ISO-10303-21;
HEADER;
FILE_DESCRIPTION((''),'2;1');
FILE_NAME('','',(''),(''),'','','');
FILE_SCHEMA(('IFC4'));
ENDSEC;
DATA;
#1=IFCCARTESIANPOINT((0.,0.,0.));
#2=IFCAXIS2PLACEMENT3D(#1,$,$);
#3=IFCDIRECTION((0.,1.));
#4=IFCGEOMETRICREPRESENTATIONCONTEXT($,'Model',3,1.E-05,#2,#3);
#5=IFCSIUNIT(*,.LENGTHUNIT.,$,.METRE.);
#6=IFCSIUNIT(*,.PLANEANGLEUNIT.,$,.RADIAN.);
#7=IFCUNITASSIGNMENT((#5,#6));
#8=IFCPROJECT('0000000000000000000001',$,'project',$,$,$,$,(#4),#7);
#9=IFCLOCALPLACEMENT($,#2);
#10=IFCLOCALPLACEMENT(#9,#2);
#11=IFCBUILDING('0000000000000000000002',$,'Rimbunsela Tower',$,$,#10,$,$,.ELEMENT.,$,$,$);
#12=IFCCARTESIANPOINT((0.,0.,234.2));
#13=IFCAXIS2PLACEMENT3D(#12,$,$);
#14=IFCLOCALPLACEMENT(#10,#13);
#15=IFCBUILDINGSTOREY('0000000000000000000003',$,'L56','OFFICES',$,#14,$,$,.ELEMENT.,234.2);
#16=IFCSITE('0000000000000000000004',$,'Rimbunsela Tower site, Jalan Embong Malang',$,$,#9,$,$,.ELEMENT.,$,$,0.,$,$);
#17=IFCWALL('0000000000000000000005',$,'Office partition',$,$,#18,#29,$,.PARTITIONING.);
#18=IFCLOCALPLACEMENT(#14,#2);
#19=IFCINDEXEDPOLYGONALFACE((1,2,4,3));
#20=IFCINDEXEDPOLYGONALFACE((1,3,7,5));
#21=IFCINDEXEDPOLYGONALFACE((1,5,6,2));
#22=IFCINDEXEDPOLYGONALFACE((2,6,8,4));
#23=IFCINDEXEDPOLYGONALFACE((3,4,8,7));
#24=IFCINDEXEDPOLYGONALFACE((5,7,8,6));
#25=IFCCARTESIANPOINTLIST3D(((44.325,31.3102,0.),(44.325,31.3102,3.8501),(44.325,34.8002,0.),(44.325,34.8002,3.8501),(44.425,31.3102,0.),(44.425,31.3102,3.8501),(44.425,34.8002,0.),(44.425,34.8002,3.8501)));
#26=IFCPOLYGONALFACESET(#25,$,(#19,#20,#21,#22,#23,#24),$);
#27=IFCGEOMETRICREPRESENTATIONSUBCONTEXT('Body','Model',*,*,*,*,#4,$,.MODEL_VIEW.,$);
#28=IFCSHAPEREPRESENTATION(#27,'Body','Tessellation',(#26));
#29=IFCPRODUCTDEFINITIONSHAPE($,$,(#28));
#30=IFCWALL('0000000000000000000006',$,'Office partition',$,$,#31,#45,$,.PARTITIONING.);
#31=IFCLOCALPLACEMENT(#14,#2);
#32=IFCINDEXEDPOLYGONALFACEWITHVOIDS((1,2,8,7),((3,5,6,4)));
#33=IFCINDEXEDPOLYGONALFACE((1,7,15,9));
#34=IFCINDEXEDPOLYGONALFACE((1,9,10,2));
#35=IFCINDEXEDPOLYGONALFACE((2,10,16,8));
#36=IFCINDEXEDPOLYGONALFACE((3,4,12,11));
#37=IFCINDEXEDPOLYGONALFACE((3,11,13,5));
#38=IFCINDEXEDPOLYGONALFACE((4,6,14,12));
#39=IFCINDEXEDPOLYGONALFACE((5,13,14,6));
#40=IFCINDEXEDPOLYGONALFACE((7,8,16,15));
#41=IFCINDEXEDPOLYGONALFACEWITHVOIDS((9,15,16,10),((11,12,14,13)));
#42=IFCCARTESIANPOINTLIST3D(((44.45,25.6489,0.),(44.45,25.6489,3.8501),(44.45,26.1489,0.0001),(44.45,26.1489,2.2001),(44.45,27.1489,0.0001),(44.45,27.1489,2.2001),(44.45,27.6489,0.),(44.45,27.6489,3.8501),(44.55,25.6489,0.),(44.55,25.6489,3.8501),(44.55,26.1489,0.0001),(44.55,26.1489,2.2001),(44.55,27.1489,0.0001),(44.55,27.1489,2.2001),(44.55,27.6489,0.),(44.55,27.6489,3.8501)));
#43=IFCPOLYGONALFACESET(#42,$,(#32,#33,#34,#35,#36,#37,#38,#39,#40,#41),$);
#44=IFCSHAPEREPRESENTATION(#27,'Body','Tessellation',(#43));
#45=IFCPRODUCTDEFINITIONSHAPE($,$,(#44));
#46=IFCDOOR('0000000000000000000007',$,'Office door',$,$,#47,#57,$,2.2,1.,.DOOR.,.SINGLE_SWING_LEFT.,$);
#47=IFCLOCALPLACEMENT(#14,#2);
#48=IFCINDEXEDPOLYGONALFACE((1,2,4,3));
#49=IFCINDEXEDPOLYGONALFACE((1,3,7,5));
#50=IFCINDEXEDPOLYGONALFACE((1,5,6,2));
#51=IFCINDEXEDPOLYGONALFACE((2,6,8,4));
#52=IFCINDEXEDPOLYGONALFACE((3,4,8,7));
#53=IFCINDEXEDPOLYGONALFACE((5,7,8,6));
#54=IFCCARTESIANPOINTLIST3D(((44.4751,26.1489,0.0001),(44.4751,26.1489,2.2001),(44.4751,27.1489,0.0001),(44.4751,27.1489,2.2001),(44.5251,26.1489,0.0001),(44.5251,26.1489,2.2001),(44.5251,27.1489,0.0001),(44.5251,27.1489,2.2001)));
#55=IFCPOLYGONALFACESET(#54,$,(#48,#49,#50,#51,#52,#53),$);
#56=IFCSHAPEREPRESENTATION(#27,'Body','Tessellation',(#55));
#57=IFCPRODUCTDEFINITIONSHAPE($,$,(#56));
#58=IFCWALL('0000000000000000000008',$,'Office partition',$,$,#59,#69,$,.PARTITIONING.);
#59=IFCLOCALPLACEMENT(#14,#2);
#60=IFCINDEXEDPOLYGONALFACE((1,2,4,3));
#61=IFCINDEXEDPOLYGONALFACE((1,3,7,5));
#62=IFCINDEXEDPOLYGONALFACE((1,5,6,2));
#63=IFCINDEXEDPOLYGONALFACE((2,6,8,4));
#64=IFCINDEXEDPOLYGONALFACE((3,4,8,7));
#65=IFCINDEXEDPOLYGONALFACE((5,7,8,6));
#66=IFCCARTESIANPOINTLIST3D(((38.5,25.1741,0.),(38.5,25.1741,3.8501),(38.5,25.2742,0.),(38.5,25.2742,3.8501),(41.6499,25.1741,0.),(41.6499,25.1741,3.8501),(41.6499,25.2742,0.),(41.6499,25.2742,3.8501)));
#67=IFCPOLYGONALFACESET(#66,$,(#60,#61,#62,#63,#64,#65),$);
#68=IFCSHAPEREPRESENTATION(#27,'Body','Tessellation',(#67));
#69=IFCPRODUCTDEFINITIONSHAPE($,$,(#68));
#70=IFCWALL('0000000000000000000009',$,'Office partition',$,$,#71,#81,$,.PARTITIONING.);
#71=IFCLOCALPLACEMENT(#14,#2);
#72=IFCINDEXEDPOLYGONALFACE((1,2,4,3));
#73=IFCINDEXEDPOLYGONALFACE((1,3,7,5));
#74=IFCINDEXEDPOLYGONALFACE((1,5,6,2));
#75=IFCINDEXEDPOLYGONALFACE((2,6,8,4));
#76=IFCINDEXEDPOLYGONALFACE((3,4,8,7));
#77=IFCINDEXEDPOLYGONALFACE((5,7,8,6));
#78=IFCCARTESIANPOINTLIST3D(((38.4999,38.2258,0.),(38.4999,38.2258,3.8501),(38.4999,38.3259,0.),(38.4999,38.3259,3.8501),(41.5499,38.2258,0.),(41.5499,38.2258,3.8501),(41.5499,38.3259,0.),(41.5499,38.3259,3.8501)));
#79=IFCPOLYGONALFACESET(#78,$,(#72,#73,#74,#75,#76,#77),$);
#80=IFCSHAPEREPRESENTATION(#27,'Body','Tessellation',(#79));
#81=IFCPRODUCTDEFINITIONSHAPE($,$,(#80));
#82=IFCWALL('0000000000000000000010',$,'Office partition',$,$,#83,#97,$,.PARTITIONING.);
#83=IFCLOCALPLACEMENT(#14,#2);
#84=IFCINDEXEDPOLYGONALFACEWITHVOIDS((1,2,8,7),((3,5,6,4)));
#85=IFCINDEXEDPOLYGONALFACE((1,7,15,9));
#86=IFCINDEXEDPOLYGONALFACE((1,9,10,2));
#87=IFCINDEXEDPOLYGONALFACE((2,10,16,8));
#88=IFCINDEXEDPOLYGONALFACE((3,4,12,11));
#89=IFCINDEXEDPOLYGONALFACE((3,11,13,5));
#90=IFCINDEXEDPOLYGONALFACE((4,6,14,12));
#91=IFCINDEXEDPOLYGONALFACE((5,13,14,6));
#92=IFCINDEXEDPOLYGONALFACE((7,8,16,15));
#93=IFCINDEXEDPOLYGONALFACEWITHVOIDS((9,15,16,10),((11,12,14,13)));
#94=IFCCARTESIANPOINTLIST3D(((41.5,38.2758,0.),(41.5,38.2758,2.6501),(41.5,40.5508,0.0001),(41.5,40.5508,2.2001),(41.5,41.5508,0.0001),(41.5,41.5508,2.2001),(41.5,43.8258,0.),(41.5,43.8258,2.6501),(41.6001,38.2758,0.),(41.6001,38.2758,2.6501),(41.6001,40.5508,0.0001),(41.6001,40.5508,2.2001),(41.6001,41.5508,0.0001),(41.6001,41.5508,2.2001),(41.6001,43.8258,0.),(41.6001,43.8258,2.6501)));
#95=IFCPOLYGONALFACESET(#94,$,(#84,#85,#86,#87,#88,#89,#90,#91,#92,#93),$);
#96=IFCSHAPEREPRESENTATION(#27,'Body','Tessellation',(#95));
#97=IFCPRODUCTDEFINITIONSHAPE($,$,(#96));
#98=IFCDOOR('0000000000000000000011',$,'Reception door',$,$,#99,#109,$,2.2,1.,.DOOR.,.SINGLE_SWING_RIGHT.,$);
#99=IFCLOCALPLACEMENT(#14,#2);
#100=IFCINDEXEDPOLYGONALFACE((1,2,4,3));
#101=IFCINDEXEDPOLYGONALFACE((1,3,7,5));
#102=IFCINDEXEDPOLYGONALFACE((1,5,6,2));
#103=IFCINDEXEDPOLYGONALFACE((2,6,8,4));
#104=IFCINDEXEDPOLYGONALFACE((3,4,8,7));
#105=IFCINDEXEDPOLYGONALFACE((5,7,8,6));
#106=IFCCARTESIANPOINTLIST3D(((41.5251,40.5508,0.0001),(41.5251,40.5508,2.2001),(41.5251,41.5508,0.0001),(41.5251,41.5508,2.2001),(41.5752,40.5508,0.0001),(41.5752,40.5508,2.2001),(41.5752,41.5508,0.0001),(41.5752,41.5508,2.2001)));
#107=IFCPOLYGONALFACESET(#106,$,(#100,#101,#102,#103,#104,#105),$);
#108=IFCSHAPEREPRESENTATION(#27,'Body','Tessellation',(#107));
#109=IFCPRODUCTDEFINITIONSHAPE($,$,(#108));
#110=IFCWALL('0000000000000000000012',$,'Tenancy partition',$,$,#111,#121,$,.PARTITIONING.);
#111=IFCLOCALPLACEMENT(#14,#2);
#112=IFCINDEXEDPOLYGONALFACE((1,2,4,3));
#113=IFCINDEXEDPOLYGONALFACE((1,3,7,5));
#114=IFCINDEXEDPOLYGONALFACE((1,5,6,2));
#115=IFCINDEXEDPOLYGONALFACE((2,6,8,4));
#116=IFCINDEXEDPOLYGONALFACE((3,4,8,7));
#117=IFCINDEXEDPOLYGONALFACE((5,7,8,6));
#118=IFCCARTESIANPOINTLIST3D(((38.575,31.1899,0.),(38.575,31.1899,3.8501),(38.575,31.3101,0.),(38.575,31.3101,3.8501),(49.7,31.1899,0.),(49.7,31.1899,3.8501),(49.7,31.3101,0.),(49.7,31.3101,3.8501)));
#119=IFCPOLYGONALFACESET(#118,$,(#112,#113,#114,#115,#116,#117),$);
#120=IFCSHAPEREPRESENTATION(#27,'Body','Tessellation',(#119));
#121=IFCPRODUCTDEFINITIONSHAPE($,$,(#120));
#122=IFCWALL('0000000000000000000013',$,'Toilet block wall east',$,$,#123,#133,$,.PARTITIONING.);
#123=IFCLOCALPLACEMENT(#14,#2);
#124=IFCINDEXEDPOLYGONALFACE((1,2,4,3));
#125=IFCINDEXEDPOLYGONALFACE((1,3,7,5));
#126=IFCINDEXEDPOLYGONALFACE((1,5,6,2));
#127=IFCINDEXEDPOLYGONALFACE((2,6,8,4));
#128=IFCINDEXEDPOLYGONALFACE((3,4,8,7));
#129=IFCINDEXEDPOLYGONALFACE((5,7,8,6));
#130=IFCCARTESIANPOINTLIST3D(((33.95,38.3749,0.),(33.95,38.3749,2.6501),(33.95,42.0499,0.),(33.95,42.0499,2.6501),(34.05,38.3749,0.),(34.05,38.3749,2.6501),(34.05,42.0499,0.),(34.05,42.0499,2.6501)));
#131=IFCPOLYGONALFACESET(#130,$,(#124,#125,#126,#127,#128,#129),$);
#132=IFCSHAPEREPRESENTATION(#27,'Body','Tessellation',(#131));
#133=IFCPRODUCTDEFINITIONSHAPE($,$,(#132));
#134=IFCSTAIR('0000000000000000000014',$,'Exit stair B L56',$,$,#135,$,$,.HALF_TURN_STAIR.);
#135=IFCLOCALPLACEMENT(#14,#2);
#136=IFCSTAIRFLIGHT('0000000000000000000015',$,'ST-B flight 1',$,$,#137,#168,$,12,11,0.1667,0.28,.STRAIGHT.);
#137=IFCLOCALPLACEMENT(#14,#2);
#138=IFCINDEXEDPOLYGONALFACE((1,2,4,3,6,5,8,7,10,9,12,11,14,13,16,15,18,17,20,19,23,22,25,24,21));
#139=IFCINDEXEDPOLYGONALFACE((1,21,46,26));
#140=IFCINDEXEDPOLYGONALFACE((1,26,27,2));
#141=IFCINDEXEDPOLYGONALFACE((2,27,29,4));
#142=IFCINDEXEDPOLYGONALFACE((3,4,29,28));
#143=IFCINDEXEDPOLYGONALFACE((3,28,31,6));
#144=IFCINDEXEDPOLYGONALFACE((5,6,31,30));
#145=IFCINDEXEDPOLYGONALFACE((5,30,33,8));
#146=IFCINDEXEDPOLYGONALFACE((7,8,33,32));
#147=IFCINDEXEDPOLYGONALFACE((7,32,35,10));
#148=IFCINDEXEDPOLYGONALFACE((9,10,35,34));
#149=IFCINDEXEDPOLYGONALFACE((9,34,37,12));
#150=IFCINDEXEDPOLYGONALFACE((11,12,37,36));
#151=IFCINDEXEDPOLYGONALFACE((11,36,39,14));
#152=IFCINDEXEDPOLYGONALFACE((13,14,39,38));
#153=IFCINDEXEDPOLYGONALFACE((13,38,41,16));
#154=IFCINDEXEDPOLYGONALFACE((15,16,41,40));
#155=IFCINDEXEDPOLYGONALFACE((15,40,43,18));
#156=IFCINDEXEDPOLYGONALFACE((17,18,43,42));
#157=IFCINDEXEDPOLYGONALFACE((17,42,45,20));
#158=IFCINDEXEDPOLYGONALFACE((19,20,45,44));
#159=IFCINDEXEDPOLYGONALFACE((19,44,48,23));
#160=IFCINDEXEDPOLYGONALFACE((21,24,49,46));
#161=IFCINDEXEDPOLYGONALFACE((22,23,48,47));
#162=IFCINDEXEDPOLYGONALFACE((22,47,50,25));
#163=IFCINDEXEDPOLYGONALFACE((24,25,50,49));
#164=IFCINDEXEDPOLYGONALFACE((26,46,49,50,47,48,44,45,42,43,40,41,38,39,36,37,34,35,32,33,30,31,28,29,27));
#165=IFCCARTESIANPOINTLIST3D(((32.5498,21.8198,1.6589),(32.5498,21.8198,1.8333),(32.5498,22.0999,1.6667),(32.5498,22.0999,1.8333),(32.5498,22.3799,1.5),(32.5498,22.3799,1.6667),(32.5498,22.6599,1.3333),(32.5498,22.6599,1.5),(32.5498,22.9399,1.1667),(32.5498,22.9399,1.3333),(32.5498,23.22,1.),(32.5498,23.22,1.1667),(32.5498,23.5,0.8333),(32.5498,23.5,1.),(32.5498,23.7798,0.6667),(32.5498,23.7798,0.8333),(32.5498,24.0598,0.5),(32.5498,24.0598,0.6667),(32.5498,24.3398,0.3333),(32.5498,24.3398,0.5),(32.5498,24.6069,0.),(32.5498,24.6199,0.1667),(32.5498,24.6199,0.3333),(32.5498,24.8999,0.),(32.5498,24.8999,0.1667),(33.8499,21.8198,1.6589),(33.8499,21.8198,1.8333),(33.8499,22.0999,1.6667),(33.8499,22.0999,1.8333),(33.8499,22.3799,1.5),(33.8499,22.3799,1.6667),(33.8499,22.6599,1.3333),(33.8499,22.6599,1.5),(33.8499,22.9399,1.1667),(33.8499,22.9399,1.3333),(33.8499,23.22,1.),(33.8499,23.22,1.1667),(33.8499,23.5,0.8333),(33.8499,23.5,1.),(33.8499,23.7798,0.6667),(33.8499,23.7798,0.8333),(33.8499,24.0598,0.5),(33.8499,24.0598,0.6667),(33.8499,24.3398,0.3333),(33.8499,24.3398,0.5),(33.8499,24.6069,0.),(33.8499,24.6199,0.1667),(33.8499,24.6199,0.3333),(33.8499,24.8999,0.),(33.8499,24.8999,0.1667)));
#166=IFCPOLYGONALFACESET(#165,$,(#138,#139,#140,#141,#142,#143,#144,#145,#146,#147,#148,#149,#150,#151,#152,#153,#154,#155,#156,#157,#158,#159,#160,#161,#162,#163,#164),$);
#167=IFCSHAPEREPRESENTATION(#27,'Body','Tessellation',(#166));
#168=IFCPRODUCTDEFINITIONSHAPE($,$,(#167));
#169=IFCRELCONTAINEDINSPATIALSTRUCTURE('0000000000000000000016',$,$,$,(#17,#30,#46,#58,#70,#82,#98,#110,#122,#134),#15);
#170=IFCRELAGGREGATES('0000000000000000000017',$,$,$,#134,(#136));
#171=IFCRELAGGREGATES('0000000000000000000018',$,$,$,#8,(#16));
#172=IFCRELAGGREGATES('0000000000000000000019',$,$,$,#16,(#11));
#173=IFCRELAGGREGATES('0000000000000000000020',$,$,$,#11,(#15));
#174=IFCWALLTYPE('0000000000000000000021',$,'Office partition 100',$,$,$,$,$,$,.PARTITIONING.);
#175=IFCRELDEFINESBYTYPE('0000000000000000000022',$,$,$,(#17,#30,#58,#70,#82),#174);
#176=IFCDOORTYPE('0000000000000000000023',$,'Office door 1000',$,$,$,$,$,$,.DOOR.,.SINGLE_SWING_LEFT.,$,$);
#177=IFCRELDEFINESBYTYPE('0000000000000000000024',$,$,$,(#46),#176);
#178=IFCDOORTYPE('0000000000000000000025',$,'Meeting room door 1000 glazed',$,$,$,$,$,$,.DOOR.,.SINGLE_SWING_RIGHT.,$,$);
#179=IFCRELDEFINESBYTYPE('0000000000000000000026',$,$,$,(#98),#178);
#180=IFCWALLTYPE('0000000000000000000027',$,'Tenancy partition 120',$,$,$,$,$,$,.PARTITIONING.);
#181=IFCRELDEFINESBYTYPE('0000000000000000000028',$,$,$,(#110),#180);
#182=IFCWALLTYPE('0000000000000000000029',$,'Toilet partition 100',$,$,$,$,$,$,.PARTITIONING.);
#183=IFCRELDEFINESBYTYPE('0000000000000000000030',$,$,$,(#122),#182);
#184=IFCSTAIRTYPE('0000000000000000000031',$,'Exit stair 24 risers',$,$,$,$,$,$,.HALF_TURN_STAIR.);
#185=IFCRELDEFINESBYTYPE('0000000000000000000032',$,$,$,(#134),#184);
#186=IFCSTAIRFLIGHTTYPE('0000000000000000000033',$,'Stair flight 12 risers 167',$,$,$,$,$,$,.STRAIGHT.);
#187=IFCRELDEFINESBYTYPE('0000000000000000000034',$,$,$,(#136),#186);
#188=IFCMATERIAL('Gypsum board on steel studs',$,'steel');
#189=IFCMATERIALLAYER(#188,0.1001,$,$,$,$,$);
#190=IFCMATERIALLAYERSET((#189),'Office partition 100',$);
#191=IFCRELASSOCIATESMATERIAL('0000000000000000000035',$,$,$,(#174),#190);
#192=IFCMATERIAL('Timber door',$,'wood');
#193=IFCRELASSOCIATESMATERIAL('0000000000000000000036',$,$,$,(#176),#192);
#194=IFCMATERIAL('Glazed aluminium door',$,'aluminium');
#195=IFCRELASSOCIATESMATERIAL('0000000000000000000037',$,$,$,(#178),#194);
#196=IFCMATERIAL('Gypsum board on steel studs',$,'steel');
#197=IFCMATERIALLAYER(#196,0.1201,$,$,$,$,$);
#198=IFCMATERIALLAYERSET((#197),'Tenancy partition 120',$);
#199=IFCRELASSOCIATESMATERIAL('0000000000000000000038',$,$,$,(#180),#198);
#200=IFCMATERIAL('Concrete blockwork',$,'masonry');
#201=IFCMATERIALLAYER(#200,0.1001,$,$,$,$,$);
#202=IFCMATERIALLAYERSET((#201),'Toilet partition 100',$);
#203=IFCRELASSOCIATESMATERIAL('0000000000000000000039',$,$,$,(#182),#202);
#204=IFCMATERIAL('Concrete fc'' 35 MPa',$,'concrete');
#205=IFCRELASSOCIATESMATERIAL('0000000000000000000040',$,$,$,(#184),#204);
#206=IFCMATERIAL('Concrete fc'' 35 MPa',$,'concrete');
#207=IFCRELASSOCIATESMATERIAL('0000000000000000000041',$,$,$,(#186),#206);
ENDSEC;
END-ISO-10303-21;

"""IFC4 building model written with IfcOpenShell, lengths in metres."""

from ifc_helpers import new_model, si_unit, direction, frame, frame_2d, origin, place, context, subcontext, project, spatial, polyline, rectangle, outline, extrude, material, layer, layer_set, type_object, element, fill, aggregate, save


model = new_model("IFC4")

# Units and contexts
model_context = context("Model", 3, precision=1e-05, world=origin(), true_north=direction((0.0, 1.0)))
body_context = subcontext(model_context, "Body", "Model", "MODEL_VIEW")
ifc_project = project(units=[si_unit("LENGTHUNIT", "METRE"), si_unit("PLANEANGLEUNIT", "RADIAN")], contexts=[model_context])

# Site, building, storey
site_placement = place(None, origin())
site = spatial("IfcSite", under=ifc_project, at=site_placement, Name="Rimbunsela Tower site, Jalan Embong Malang", CompositionType="ELEMENT", RefElevation=0.0)
building_placement = place(site_placement, origin())
building = spatial("IfcBuilding", under=site, at=building_placement, Name="Rimbunsela Tower", CompositionType="ELEMENT")
storey_placement = place(building_placement, frame((0.0, 0.0, 234.2)))
storey = spatial("IfcBuildingStorey", under=building, at=storey_placement, Name="L56", Description="OFFICES", CompositionType="ELEMENT", Elevation=234.2)

# Shared definitions
ifc_material_1 = material(Name="Gypsum board on steel studs", Category="steel")
ifc_layer_1 = layer(ifc_material_1, 0.1001)
ifc_layer_set_1 = layer_set([ifc_layer_1], Name="Office partition 100")
wall_type_1 = type_object("IfcWallType", Name="Office partition 100", PredefinedType="PARTITIONING", material=ifc_layer_set_1)

# Shared definitions
ifc_material_2 = material(Name="Timber door", Category="wood")
door_type_1 = type_object("IfcDoorType", Name="Office door 1000", OperationType="SINGLE_SWING_LEFT", PredefinedType="DOOR", material=ifc_material_2)

# Wall
for number, where, z_axis, x_axis, name in (
    (1, (44.375, 31.3101, 0.0), (0.0, 0.0, 1.0), (0.0, 1.0, 0.0), "Office partition"),
):
    element("IfcWall", number, at=place(storey_placement, frame(where, z_axis=z_axis, x_axis=x_axis)), inside=storey, type_object=wall_type_1, Name=name, PredefinedType="PARTITIONING", context=body_context, shape_type="SweptSolid", body=[
        extrude(rectangle(XDim=3.49, YDim=0.1001, at=frame_2d((1.7451, 0.0))), origin(), (0.0, 0.0, 1.0), 3.8501),
    ])

# Wall, opening, door
wall_1_placement = place(storey_placement, frame((44.5, 25.6489, 0.0), z_axis=(0.0, 0.0, 1.0), x_axis=(0.0, 1.0, 0.0)))
wall_1 = element("IfcWall", 2, at=wall_1_placement, inside=storey, type_object=wall_type_1, Name="Office partition", PredefinedType="PARTITIONING", context=body_context, shape_type="SweptSolid", body=[
    extrude(rectangle(XDim=2.0, YDim=0.1001, at=frame_2d((1.0, 0.0))), origin(), (0.0, 0.0, 1.0), 3.8501),
])
opening_1_placement = place(wall_1_placement, frame((0.5, 0.0, 0.0)))
opening_1 = element("IfcOpeningElement", 3, at=opening_1_placement, cuts=wall_1, PredefinedType="OPENING", context=body_context, shape_type="SweptSolid", body=[
    extrude(rectangle(XDim=1.0, YDim=2.2, at=frame_2d((0.5, 1.1001))), frame((0.0, 0.0601, 0.0), z_axis=(0.0, -1.0, 0.0), x_axis=(1.0, 0.0, 0.0)), (0.0, 0.0, 1.0), 0.1201),
])
door_1_placement = place(opening_1_placement, origin())
door_1 = element("IfcDoor", 4, at=door_1_placement, inside=storey, type_object=door_type_1, Name="Office door", OperationType="SINGLE_SWING_LEFT", OverallHeight=2.2, OverallWidth=1.0, PredefinedType="DOOR", context=body_context, shape_type="SweptSolid", body=[
    extrude(rectangle(XDim=1.0, YDim=2.2, at=frame_2d((0.5, 1.1001))), frame((0.0, 0.0249, 0.0), z_axis=(0.0, -1.0, 0.0), x_axis=(1.0, 0.0, 0.0)), (0.0, 0.0, 1.0), 0.05),
])
fill(opening_1, door_1)

# Walls
wall_2_placement = place(storey_placement, frame((41.6499, 25.2241, 0.0), z_axis=(0.0, 0.0, 1.0), x_axis=(-1.0, 0.0, 0.0)))
element("IfcWall", 5, at=wall_2_placement, inside=storey, type_object=wall_type_1, Name="Office partition", PredefinedType="PARTITIONING", context=body_context, shape_type="SweptSolid", body=[
    extrude(rectangle(XDim=3.1499, YDim=0.1001, at=frame_2d((1.575, 0.0))), origin(), (0.0, 0.0, 1.0), 3.8501),
])
wall_3_placement = place(storey_placement, frame((38.5, 38.2759, 0.0), z_axis=(0.0, 0.0, 1.0), x_axis=(1.0, 0.0, 0.0)))
element("IfcWall", 6, at=wall_3_placement, inside=storey, type_object=wall_type_1, Name="Office partition", PredefinedType="PARTITIONING", context=body_context, shape_type="SweptSolid", body=[
    extrude(rectangle(XDim=3.05, YDim=0.1001, at=frame_2d((1.5249, 0.0))), origin(), (0.0, 0.0, 1.0), 3.8501),
])

# Wall, opening, door
wall_4_placement = place(storey_placement, frame((41.55, 38.2759, 0.0), z_axis=(0.0, 0.0, 1.0), x_axis=(0.0, 1.0, 0.0)))
wall_4 = element("IfcWall", 7, at=wall_4_placement, inside=storey, type_object=wall_type_1, Name="Office partition", PredefinedType="PARTITIONING", context=body_context, shape_type="SweptSolid", body=[
    extrude(rectangle(XDim=5.55, YDim=0.1001, at=frame_2d((2.7749, 0.0))), origin(), (0.0, 0.0, 1.0), 2.6501),
])
opening_2_placement = place(wall_4_placement, frame((2.2749, 0.0, 0.0)))
opening_2 = element("IfcOpeningElement", 8, at=opening_2_placement, cuts=wall_4, PredefinedType="OPENING", context=body_context, shape_type="SweptSolid", body=[
    extrude(rectangle(XDim=1.0, YDim=2.2, at=frame_2d((0.5, 1.1001))), frame((0.0, 0.0601, 0.0), z_axis=(0.0, -1.0, 0.0), x_axis=(1.0, 0.0, 0.0)), (0.0, 0.0, 1.0), 0.1201),
])
ifc_material_3 = material(Name="Glazed aluminium door", Category="aluminium")
door_type_2 = type_object("IfcDoorType", Name="Meeting room door 1000 glazed", OperationType="SINGLE_SWING_RIGHT", PredefinedType="DOOR", material=ifc_material_3)
door_2_placement = place(opening_2_placement, origin())
door_2 = element("IfcDoor", 9, at=door_2_placement, inside=storey, type_object=door_type_2, Name="Reception door", OperationType="SINGLE_SWING_RIGHT", OverallHeight=2.2, OverallWidth=1.0, PredefinedType="DOOR", context=body_context, shape_type="SweptSolid", body=[
    extrude(rectangle(XDim=1.0, YDim=2.2, at=frame_2d((0.5, 1.1001))), frame((0.0, 0.0249, 0.0), z_axis=(0.0, -1.0, 0.0), x_axis=(1.0, 0.0, 0.0)), (0.0, 0.0, 1.0), 0.05),
])
fill(opening_2, door_2)

# Walls
ifc_material_4 = material(Name="Gypsum board on steel studs", Category="steel")
ifc_layer_2 = layer(ifc_material_4, 0.1201)
ifc_layer_set_2 = layer_set([ifc_layer_2], Name="Tenancy partition 120")
wall_type_2 = type_object("IfcWallType", Name="Tenancy partition 120", PredefinedType="PARTITIONING", material=ifc_layer_set_2)
wall_5_placement = place(storey_placement, frame((38.575, 31.25, 0.0), z_axis=(0.0, 0.0, 1.0), x_axis=(1.0, 0.0, 0.0)))
element("IfcWall", 10, at=wall_5_placement, inside=storey, type_object=wall_type_2, Name="Tenancy partition", PredefinedType="PARTITIONING", context=body_context, shape_type="SweptSolid", body=[
    extrude(rectangle(XDim=11.125, YDim=0.1201, at=frame_2d((5.5625, 0.0))), origin(), (0.0, 0.0, 1.0), 3.8501),
])
ifc_material_5 = material(Name="Concrete blockwork", Category="masonry")
ifc_layer_3 = layer(ifc_material_5, 0.1001)
ifc_layer_set_3 = layer_set([ifc_layer_3], Name="Toilet partition 100")
wall_type_3 = type_object("IfcWallType", Name="Toilet partition 100", PredefinedType="PARTITIONING", material=ifc_layer_set_3)
wall_6_placement = place(storey_placement, frame((34.0, 38.375, 0.0), z_axis=(0.0, 0.0, 1.0), x_axis=(0.0, 1.0, 0.0)))
element("IfcWall", 11, at=wall_6_placement, inside=storey, type_object=wall_type_3, Name="Toilet block wall east", PredefinedType="PARTITIONING", context=body_context, shape_type="SweptSolid", body=[
    extrude(rectangle(XDim=3.675, YDim=0.1001, at=frame_2d((1.8374, 0.0))), origin(), (0.0, 0.0, 1.0), 2.6501),
])

# Stair, stair flight
ifc_material_6 = material(Name="Concrete fc' 35 MPa", Category="concrete")
stair_type = type_object("IfcStairType", Name="Exit stair 24 risers", PredefinedType="HALF_TURN_STAIR", material=ifc_material_6)
stair_placement = place(storey_placement, origin())
stair = element("IfcStair", 12, at=stair_placement, inside=storey, type_object=stair_type, Name="Exit stair B L56", PredefinedType="HALF_TURN_STAIR")
ifc_material_7 = material(Name="Concrete fc' 35 MPa", Category="concrete")
stair_flight_type = type_object("IfcStairFlightType", Name="Stair flight 12 risers 167", PredefinedType="STRAIGHT", material=ifc_material_7)
stair_flight_placement = place(storey_placement, frame((33.2, 24.8999, 0.0), z_axis=(0.0, 0.0, 1.0), x_axis=(0.0, -1.0, 0.0)))
stair_flight = element("IfcStairFlight", 13, at=stair_flight_placement, type_object=stair_flight_type, Name="ST-B flight 1", NumberOfRisers=12, NumberOfTreads=11, PredefinedType="STRAIGHT", RiserHeight=0.1667, TreadLength=0.28, context=body_context, shape_type="SweptSolid", body=[
    extrude(outline(polyline([(0.0, 0.0), (0.0, 0.1667), (0.28, 0.1667), (0.28, 0.3333), (0.5601, 0.3333), (0.5601, 0.5), (0.8401, 0.5), (0.8401, 0.6667), (1.1201, 0.6667), (1.1201, 0.8333), (1.3999, 0.8333), (1.3999, 1.0), (1.6799, 1.0), (1.6799, 1.1667), (1.96, 1.1667), (1.96, 1.3333), (2.24, 1.3333), (2.24, 1.5), (2.52, 1.5), (2.52, 1.6667), (2.8, 1.6667), (2.8, 1.8333), (3.0801, 1.8333), (3.0801, 2.0), (3.0801, 1.6589), (0.293, 0.0), (0.0, 0.0)])), frame((0.0, 0.6499, 0.0), z_axis=(0.0, -1.0, 0.0), x_axis=(1.0, 0.0, 0.0)), (0.0, 0.0, 1.0), 1.3),
])
aggregate(stair, [stair_flight])

save(model, "model.ifc")
